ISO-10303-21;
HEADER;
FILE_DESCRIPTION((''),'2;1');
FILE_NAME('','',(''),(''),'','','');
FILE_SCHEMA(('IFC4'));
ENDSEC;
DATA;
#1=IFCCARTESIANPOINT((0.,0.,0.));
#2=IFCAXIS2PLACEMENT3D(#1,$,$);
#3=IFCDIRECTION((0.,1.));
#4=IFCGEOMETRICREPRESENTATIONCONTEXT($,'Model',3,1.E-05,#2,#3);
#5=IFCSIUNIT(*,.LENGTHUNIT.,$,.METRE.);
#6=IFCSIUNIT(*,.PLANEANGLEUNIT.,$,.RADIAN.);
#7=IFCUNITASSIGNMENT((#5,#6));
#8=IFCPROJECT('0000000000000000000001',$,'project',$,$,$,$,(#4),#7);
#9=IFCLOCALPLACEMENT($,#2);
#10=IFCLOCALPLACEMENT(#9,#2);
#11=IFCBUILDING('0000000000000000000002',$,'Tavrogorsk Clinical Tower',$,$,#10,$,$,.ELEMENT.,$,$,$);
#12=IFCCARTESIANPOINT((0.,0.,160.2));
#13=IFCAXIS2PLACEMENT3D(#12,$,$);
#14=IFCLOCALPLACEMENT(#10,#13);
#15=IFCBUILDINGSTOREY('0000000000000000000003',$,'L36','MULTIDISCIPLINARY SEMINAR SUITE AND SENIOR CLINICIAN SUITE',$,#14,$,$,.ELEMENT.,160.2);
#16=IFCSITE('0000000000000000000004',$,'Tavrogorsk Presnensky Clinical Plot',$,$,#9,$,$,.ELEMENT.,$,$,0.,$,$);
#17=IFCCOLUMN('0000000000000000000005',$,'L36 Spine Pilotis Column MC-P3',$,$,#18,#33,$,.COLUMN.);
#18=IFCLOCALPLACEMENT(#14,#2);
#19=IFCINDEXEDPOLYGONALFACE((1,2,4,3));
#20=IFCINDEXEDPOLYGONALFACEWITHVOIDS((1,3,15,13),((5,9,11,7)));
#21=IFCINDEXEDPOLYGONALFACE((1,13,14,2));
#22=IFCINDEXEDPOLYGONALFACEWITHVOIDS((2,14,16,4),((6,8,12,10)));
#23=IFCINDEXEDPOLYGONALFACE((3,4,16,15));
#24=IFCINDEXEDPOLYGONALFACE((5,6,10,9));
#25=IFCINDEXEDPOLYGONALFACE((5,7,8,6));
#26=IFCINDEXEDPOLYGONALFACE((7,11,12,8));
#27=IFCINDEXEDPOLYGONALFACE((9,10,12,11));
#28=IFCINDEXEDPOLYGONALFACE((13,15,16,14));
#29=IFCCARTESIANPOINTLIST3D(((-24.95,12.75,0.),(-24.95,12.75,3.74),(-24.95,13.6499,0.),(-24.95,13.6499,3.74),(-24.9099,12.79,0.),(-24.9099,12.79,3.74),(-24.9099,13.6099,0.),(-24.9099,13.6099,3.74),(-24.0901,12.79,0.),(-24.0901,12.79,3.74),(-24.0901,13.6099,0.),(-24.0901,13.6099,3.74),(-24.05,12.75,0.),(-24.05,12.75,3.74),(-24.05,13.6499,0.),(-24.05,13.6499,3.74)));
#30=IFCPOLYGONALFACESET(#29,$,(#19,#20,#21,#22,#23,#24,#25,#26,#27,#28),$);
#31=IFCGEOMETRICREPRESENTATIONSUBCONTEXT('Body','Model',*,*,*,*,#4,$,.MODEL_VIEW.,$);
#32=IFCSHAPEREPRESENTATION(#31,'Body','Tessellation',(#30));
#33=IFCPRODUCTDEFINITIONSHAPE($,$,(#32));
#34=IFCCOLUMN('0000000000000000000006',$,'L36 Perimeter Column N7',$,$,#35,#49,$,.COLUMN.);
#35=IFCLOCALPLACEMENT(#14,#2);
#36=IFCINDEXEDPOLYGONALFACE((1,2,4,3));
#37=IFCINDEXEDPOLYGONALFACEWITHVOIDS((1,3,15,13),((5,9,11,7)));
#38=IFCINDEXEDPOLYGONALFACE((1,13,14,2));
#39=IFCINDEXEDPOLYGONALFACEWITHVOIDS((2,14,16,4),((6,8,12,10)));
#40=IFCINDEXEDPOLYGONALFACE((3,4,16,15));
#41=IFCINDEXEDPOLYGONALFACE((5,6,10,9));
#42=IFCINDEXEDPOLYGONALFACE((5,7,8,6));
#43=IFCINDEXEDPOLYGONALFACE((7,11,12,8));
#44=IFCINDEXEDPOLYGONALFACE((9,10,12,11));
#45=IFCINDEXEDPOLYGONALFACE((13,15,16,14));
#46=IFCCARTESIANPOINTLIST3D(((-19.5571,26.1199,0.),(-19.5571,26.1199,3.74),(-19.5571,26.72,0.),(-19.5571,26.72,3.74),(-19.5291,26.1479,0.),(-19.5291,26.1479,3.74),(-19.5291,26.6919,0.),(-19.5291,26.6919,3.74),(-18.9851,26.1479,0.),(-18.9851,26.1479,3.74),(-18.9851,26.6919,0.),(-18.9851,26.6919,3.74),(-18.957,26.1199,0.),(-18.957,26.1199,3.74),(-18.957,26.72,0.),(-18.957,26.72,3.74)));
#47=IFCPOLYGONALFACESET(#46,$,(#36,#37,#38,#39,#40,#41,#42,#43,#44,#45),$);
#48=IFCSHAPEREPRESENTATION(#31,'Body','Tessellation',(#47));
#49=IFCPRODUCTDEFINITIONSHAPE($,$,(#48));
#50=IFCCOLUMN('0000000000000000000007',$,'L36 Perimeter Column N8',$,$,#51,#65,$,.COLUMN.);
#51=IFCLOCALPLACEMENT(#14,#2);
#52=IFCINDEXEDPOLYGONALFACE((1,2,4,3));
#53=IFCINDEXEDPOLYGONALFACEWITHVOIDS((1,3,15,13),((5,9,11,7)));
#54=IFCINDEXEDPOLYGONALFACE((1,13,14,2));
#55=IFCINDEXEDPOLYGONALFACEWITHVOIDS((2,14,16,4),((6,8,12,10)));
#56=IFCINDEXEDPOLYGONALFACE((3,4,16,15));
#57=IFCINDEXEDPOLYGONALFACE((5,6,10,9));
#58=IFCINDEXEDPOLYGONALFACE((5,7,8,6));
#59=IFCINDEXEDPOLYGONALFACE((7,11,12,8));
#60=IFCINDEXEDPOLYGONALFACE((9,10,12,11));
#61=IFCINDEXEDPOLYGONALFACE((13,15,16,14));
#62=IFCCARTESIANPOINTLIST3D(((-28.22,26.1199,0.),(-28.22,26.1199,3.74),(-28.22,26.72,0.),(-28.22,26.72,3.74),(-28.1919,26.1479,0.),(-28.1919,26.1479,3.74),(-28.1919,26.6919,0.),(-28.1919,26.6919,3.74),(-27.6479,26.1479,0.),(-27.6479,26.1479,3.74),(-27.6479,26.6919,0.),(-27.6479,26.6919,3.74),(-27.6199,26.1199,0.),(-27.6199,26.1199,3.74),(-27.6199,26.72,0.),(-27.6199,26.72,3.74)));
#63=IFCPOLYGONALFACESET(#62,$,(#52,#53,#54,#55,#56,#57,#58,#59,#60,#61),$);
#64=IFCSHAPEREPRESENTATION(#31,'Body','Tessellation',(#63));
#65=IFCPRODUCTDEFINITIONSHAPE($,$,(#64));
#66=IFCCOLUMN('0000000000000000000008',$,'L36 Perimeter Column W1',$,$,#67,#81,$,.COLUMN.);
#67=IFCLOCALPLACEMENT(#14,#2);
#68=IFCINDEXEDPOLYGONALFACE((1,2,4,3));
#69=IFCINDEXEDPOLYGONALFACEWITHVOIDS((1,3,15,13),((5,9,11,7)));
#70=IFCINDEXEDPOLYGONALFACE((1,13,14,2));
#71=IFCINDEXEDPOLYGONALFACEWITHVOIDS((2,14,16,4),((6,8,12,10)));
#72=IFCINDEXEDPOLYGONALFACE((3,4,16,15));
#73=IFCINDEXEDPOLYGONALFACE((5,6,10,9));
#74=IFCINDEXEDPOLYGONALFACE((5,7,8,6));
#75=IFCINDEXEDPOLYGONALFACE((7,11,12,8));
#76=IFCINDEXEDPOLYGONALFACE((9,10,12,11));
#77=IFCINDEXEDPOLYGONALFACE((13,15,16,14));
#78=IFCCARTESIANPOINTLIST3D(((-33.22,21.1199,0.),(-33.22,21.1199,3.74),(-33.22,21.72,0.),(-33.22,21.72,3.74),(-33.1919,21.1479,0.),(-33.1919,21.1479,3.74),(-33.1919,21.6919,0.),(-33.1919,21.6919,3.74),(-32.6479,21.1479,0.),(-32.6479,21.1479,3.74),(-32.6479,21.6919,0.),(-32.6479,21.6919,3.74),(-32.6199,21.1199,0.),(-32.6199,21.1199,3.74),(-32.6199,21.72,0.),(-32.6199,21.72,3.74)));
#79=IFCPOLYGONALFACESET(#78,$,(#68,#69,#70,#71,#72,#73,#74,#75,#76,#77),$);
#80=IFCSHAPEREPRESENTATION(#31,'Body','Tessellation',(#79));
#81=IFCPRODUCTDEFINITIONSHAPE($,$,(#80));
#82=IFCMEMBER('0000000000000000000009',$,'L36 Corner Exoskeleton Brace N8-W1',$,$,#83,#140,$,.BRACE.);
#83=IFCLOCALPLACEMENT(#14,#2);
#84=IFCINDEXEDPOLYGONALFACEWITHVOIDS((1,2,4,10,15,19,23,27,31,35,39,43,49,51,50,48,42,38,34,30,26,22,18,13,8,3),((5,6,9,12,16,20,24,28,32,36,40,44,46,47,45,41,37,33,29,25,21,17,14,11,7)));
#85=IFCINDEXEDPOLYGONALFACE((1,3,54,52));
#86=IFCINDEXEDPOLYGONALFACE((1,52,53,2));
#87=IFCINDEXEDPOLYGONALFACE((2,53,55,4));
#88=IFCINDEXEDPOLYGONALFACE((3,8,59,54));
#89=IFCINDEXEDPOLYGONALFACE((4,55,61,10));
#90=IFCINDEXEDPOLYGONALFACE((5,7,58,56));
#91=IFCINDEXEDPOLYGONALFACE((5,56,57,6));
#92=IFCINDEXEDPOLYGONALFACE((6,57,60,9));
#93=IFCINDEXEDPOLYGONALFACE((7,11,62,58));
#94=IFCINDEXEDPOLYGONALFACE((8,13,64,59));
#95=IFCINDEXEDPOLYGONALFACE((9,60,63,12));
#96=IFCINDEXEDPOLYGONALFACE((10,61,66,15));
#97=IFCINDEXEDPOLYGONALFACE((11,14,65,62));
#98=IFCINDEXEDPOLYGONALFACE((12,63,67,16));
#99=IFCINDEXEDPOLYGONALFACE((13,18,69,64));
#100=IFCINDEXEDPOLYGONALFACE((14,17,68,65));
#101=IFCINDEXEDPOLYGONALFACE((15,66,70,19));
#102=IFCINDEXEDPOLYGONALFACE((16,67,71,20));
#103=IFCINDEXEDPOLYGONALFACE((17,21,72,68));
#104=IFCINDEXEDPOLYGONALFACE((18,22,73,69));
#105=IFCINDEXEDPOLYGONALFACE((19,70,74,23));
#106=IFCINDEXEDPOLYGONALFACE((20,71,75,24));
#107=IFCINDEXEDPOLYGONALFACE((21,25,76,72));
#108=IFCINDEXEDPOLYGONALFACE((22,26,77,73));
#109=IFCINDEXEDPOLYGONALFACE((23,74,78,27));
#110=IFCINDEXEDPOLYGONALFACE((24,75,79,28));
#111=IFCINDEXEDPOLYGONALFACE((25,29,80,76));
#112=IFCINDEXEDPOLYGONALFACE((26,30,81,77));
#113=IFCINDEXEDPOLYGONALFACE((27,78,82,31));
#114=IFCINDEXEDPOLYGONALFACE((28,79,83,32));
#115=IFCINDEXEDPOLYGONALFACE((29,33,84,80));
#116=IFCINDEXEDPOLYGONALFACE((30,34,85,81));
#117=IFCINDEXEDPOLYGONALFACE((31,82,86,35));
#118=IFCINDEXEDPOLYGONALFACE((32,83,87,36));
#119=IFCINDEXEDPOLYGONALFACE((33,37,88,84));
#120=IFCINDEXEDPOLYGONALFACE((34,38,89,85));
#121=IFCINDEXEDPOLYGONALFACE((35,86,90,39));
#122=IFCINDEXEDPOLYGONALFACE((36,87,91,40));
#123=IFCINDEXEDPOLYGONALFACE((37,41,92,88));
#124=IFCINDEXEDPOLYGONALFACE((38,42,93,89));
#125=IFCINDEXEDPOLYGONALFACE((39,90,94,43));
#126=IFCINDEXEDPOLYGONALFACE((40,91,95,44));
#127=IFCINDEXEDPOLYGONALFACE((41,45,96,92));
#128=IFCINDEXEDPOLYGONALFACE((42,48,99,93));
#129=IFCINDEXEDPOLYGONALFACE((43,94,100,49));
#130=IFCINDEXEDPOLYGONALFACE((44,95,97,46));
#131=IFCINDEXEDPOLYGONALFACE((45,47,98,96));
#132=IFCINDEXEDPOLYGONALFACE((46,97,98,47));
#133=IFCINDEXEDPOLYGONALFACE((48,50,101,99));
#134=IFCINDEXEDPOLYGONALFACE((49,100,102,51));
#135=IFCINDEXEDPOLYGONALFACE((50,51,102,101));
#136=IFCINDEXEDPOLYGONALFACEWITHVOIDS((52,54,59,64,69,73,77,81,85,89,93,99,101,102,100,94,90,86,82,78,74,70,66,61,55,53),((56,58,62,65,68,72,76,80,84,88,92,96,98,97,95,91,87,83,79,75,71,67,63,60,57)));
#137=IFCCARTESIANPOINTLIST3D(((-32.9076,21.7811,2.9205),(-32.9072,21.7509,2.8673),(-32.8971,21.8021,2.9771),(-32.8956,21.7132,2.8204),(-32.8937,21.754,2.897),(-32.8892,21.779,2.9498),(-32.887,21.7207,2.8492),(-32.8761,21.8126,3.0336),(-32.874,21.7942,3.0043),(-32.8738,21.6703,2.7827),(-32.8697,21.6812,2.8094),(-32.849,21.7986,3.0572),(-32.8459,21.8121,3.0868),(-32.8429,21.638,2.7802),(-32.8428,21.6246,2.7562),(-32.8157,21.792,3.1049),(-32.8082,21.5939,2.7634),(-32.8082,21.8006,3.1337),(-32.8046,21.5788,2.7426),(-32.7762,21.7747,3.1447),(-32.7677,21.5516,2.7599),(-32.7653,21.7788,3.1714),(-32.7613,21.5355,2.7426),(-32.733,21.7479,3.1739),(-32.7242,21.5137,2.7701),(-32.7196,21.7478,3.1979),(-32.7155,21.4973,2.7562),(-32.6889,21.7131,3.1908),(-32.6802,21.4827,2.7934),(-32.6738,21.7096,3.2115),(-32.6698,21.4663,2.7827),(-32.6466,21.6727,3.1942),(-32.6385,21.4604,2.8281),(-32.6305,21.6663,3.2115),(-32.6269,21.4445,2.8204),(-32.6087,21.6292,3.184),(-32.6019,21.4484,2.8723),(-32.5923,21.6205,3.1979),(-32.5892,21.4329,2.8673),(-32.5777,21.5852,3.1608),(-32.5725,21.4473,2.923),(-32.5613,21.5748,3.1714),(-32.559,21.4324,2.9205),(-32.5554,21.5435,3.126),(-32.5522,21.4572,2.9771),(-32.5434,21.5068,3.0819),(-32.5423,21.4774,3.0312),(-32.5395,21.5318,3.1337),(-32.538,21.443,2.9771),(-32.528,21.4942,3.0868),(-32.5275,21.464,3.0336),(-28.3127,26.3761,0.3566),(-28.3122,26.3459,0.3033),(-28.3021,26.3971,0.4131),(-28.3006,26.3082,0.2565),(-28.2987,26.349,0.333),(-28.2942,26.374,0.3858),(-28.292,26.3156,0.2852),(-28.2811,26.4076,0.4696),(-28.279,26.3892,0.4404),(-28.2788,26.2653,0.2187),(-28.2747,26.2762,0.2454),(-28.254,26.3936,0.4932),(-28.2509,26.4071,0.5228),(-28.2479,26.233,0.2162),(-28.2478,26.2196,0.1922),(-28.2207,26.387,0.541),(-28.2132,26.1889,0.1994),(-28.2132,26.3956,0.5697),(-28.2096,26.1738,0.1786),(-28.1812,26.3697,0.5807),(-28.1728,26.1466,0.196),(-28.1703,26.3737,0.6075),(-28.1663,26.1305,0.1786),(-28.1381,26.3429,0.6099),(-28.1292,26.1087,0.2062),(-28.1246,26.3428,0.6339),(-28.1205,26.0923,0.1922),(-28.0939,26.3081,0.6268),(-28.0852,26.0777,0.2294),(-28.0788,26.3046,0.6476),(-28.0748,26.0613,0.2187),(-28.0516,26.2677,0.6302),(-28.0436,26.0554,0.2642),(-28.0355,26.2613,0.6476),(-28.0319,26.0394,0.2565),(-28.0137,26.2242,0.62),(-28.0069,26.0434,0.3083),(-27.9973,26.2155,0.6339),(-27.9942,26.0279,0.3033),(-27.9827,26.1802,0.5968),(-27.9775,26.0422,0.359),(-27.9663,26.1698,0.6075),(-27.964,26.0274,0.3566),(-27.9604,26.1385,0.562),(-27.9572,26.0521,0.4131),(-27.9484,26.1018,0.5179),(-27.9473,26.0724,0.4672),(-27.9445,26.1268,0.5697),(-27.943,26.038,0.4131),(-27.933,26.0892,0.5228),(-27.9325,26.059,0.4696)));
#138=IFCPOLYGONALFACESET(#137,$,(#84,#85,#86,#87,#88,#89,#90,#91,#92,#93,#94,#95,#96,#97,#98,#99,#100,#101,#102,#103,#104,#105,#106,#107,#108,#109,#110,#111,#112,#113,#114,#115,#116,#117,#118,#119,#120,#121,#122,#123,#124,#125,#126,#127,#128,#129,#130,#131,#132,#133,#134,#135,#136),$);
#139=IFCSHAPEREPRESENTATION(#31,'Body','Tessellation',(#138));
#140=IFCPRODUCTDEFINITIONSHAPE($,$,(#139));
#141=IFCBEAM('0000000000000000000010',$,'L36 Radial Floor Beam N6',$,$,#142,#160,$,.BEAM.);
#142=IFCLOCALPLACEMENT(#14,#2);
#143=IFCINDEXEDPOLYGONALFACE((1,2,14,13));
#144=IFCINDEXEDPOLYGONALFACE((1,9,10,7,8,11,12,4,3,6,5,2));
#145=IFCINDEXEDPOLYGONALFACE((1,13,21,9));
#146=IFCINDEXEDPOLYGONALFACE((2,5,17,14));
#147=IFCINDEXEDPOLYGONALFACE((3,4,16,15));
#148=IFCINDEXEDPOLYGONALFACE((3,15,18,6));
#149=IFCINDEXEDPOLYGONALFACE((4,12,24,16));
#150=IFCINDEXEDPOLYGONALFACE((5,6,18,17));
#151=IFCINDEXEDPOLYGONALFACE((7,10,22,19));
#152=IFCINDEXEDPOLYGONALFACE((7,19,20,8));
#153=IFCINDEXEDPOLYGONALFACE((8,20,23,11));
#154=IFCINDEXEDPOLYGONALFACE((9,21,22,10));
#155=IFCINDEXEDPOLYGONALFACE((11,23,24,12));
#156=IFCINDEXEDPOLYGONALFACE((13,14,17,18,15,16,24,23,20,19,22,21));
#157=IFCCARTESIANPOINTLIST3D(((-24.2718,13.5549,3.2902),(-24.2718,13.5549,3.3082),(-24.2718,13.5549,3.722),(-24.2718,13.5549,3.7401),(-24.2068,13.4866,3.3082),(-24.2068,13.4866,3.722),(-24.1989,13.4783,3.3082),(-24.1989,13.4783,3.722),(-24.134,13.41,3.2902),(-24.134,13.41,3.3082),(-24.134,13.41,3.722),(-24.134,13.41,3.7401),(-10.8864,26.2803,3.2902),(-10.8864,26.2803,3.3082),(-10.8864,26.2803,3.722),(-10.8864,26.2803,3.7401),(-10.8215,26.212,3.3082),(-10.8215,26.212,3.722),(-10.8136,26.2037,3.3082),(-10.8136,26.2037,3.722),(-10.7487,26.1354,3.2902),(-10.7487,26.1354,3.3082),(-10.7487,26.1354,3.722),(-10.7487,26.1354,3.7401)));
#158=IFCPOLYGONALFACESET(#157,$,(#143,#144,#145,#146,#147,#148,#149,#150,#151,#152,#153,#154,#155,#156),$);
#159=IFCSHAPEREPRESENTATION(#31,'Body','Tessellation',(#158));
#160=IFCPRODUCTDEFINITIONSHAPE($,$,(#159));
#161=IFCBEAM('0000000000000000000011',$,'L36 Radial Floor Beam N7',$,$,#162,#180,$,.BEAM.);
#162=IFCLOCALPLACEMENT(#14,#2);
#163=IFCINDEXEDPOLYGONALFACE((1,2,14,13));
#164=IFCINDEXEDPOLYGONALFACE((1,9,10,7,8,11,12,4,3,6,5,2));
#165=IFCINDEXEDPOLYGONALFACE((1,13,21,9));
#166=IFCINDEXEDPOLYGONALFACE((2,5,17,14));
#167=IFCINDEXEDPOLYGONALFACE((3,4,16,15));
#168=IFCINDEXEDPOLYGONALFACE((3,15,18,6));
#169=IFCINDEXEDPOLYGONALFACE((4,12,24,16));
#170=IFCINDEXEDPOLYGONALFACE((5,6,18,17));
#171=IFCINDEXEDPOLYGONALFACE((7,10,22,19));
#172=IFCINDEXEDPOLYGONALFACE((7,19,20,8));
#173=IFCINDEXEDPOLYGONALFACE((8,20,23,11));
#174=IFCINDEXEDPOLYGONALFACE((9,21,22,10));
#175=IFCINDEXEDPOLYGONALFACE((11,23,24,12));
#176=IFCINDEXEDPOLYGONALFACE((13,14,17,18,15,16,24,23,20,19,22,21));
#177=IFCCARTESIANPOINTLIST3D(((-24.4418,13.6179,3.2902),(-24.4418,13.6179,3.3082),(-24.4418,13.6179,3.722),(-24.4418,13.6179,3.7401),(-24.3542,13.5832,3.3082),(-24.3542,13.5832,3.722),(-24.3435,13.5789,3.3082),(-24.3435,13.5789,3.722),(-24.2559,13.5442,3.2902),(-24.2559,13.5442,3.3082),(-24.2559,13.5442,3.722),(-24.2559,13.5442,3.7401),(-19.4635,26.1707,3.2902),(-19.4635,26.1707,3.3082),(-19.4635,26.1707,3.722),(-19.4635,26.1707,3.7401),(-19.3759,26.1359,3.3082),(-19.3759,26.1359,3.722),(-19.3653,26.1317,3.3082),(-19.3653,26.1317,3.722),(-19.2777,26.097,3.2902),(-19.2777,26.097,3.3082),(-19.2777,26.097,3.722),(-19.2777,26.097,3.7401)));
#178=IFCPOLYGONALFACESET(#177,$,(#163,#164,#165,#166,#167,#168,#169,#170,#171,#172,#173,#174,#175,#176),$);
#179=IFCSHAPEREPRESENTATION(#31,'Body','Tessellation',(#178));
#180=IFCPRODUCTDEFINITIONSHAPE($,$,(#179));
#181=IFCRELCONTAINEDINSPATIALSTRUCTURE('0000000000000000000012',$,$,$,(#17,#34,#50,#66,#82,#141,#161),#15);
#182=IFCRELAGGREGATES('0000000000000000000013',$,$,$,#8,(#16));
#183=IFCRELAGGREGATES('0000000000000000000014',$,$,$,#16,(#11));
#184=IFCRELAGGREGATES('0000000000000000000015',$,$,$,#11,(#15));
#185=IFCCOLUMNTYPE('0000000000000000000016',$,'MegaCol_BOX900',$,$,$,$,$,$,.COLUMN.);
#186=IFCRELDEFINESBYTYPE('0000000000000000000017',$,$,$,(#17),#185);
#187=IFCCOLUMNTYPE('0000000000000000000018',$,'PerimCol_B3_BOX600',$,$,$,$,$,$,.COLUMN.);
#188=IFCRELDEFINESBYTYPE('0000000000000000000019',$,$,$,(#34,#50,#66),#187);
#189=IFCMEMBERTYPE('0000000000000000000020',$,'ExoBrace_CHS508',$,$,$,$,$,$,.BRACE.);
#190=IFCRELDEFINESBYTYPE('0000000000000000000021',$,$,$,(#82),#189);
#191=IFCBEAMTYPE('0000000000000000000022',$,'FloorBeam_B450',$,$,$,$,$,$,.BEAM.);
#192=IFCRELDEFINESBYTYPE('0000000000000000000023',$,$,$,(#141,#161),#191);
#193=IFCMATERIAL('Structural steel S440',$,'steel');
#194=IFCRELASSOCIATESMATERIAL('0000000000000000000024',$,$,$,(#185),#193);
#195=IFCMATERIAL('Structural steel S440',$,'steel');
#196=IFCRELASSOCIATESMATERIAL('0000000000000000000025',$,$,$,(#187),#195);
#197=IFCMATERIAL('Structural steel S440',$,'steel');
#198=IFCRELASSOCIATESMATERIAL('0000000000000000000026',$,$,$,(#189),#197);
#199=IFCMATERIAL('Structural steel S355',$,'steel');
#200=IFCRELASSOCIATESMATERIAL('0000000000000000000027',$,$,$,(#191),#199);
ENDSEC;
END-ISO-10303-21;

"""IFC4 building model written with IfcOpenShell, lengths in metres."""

from ifc_helpers import new_model, si_unit, direction, frame, origin, origin_2d, place, context, subcontext, project, spatial, hollow_rectangle, hollow_circle, i_section, extrude, material, material_profile, profile_set, type_object, element, save


model = new_model("IFC4")

# Units and contexts
model_context = context("Model", 3, precision=1e-05, world=origin(), true_north=direction((0.0, 1.0)))
body_context = subcontext(model_context, "Body", "Model", "MODEL_VIEW")
ifc_project = project(units=[si_unit("LENGTHUNIT", "METRE"), si_unit("PLANEANGLEUNIT", "RADIAN")], contexts=[model_context])

# Site, building, storey
site_placement = place(None, origin())
site = spatial("IfcSite", under=ifc_project, at=site_placement, Name="Tavrogorsk Presnensky Clinical Plot", CompositionType="ELEMENT", RefElevation=0.0)
building_placement = place(site_placement, origin())
building = spatial("IfcBuilding", under=site, at=building_placement, Name="Tavrogorsk Clinical Tower", CompositionType="ELEMENT")
storey_placement = place(building_placement, frame((0.0, 0.0, 160.2)))
storey = spatial("IfcBuildingStorey", under=building, at=storey_placement, Name="L36", Description="MULTIDISCIPLINARY SEMINAR SUITE AND SENIOR CLINICIAN SUITE", CompositionType="ELEMENT", Elevation=160.2)

# Columns
ifc_material_1 = material(Name="Structural steel S440", Category="steel")
ifc_material_profile_1 = material_profile(ifc_material_1, hollow_rectangle(XDim=0.8999, YDim=0.8999, WallThickness=0.04, at=origin_2d()), Name="BOX-900x900x40")
ifc_profile_set_1 = profile_set([ifc_material_profile_1], Name="Structural steel S440")
column_type_1 = type_object("IfcColumnType", Name="MegaCol_BOX900", PredefinedType="COLUMN", material=ifc_profile_set_1)
column_placement = place(storey_placement, frame((-24.5, 13.2, 0.0), z_axis=(0.0, 0.0, 1.0), x_axis=(1.0, 0.0, 0.0)))
element("IfcColumn", 1, at=column_placement, inside=storey, type_object=column_type_1, Name="L36 Spine Pilotis Column MC-P3", PredefinedType="COLUMN", context=body_context, shape_type="SweptSolid", body=[
    extrude(hollow_rectangle(XDim=0.8999, YDim=0.8999, WallThickness=0.04, at=origin_2d()), origin(), (0.0, 0.0, 1.0), 3.74),
])
ifc_material_2 = material(Name="Structural steel S440", Category="steel")
ifc_material_profile_2 = material_profile(ifc_material_2, hollow_rectangle(XDim=0.6001, YDim=0.6001, WallThickness=0.0281, at=origin_2d()), Name="BOX-600x600x28")
ifc_profile_set_2 = profile_set([ifc_material_profile_2], Name="Structural steel S440")
column_type_2 = type_object("IfcColumnType", Name="PerimCol_B3_BOX600", PredefinedType="COLUMN", material=ifc_profile_set_2)
for number, where, z_axis, x_axis, name in (
    (2, (-19.2571, 26.4199, 0.0), (0.0, 0.0, 1.0), (1.0, 0.0, 0.0), "L36 Perimeter Column N7"),
    (3, (-27.9199, 26.4199, 0.0), (0.0, 0.0, 1.0), (1.0, 0.0, 0.0), "L36 Perimeter Column N8"),
    (4, (-32.9199, 21.4199, 0.0), (0.0, 0.0, 1.0), (1.0, 0.0, 0.0), "L36 Perimeter Column W1"),
):
    element("IfcColumn", number, at=place(storey_placement, frame(where, z_axis=z_axis, x_axis=x_axis)), inside=storey, type_object=column_type_2, Name=name, PredefinedType="COLUMN", context=body_context, shape_type="SweptSolid", body=[
        extrude(hollow_rectangle(XDim=0.6001, YDim=0.6001, WallThickness=0.0281, at=origin_2d()), origin(), (0.0, 0.0, 1.0), 3.74),
    ])

# Member
ifc_material_3 = material(Name="Structural steel S440", Category="steel")
ifc_material_profile_3 = material_profile(ifc_material_3, hollow_circle(Radius=0.2539, WallThickness=0.02, at=origin_2d()), Name="CHS-508x20")
ifc_profile_set_3 = profile_set([ifc_material_profile_3], Name="Structural steel S440")
member_type = type_object("IfcMemberType", Name="ExoBrace_CHS508", PredefinedType="BRACE", material=ifc_profile_set_3)
member_placement = place(storey_placement, frame((-28.1226, 26.2175, 0.4131), z_axis=(-0.657759, -0.657759, 0.367025), x_axis=(0.707107, -0.707107, 0.0)))
element("IfcMember", 5, at=member_placement, inside=storey, type_object=member_type, Name="L36 Corner Exoskeleton Brace N8-W1", PredefinedType="BRACE", context=body_context, shape_type="SweptSolid", body=[
    extrude(hollow_circle(Radius=0.2539, WallThickness=0.02, at=origin_2d()), origin(), (0.0, 0.0, 1.0), 6.9858),
])

# Beams
ifc_material_4 = material(Name="Structural steel S355", Category="steel")
ifc_material_profile_4 = material_profile(ifc_material_4, i_section(OverallWidth=0.2, OverallDepth=0.45, WebThickness=0.0115, FlangeThickness=0.0181, at=origin_2d()), Name="B-450x200x11.5x18")
ifc_profile_set_4 = profile_set([ifc_material_profile_4], Name="Structural steel S355")
beam_type_1 = type_object("IfcBeamType", Name="FloorBeam_B450", PredefinedType="BEAM", material=ifc_profile_set_4)
beam_1_placement = place(storey_placement, frame((-24.2029, 13.4824, 3.5151), z_axis=(0.724747, 0.689016, 0.0), x_axis=(-0.689016, 0.724747, 0.0)))
element("IfcBeam", 6, at=beam_1_placement, inside=storey, type_object=beam_type_1, Name="L36 Radial Floor Beam N6", PredefinedType="BEAM", context=body_context, shape_type="SweptSolid", body=[
    extrude(i_section(OverallWidth=0.2, OverallDepth=0.45, WebThickness=0.0115, FlangeThickness=0.0181, at=origin_2d()), origin(), (0.0, 0.0, 1.0), 18.469),
])
beam_2_placement = place(storey_placement, frame((-24.3489, 13.5811, 3.5151), z_axis=(0.368655, 0.929566, 0.0), x_axis=(-0.929566, 0.368655, 0.0)))
element("IfcBeam", 7, at=beam_2_placement, inside=storey, type_object=beam_type_1, Name="L36 Radial Floor Beam N7", PredefinedType="BEAM", context=body_context, shape_type="SweptSolid", body=[
    extrude(i_section(OverallWidth=0.2, OverallDepth=0.45, WebThickness=0.0115, FlangeThickness=0.0181, at=origin_2d()), origin(), (0.0, 0.0, 1.0), 13.5039),
])

save(model, "model.ifc")
